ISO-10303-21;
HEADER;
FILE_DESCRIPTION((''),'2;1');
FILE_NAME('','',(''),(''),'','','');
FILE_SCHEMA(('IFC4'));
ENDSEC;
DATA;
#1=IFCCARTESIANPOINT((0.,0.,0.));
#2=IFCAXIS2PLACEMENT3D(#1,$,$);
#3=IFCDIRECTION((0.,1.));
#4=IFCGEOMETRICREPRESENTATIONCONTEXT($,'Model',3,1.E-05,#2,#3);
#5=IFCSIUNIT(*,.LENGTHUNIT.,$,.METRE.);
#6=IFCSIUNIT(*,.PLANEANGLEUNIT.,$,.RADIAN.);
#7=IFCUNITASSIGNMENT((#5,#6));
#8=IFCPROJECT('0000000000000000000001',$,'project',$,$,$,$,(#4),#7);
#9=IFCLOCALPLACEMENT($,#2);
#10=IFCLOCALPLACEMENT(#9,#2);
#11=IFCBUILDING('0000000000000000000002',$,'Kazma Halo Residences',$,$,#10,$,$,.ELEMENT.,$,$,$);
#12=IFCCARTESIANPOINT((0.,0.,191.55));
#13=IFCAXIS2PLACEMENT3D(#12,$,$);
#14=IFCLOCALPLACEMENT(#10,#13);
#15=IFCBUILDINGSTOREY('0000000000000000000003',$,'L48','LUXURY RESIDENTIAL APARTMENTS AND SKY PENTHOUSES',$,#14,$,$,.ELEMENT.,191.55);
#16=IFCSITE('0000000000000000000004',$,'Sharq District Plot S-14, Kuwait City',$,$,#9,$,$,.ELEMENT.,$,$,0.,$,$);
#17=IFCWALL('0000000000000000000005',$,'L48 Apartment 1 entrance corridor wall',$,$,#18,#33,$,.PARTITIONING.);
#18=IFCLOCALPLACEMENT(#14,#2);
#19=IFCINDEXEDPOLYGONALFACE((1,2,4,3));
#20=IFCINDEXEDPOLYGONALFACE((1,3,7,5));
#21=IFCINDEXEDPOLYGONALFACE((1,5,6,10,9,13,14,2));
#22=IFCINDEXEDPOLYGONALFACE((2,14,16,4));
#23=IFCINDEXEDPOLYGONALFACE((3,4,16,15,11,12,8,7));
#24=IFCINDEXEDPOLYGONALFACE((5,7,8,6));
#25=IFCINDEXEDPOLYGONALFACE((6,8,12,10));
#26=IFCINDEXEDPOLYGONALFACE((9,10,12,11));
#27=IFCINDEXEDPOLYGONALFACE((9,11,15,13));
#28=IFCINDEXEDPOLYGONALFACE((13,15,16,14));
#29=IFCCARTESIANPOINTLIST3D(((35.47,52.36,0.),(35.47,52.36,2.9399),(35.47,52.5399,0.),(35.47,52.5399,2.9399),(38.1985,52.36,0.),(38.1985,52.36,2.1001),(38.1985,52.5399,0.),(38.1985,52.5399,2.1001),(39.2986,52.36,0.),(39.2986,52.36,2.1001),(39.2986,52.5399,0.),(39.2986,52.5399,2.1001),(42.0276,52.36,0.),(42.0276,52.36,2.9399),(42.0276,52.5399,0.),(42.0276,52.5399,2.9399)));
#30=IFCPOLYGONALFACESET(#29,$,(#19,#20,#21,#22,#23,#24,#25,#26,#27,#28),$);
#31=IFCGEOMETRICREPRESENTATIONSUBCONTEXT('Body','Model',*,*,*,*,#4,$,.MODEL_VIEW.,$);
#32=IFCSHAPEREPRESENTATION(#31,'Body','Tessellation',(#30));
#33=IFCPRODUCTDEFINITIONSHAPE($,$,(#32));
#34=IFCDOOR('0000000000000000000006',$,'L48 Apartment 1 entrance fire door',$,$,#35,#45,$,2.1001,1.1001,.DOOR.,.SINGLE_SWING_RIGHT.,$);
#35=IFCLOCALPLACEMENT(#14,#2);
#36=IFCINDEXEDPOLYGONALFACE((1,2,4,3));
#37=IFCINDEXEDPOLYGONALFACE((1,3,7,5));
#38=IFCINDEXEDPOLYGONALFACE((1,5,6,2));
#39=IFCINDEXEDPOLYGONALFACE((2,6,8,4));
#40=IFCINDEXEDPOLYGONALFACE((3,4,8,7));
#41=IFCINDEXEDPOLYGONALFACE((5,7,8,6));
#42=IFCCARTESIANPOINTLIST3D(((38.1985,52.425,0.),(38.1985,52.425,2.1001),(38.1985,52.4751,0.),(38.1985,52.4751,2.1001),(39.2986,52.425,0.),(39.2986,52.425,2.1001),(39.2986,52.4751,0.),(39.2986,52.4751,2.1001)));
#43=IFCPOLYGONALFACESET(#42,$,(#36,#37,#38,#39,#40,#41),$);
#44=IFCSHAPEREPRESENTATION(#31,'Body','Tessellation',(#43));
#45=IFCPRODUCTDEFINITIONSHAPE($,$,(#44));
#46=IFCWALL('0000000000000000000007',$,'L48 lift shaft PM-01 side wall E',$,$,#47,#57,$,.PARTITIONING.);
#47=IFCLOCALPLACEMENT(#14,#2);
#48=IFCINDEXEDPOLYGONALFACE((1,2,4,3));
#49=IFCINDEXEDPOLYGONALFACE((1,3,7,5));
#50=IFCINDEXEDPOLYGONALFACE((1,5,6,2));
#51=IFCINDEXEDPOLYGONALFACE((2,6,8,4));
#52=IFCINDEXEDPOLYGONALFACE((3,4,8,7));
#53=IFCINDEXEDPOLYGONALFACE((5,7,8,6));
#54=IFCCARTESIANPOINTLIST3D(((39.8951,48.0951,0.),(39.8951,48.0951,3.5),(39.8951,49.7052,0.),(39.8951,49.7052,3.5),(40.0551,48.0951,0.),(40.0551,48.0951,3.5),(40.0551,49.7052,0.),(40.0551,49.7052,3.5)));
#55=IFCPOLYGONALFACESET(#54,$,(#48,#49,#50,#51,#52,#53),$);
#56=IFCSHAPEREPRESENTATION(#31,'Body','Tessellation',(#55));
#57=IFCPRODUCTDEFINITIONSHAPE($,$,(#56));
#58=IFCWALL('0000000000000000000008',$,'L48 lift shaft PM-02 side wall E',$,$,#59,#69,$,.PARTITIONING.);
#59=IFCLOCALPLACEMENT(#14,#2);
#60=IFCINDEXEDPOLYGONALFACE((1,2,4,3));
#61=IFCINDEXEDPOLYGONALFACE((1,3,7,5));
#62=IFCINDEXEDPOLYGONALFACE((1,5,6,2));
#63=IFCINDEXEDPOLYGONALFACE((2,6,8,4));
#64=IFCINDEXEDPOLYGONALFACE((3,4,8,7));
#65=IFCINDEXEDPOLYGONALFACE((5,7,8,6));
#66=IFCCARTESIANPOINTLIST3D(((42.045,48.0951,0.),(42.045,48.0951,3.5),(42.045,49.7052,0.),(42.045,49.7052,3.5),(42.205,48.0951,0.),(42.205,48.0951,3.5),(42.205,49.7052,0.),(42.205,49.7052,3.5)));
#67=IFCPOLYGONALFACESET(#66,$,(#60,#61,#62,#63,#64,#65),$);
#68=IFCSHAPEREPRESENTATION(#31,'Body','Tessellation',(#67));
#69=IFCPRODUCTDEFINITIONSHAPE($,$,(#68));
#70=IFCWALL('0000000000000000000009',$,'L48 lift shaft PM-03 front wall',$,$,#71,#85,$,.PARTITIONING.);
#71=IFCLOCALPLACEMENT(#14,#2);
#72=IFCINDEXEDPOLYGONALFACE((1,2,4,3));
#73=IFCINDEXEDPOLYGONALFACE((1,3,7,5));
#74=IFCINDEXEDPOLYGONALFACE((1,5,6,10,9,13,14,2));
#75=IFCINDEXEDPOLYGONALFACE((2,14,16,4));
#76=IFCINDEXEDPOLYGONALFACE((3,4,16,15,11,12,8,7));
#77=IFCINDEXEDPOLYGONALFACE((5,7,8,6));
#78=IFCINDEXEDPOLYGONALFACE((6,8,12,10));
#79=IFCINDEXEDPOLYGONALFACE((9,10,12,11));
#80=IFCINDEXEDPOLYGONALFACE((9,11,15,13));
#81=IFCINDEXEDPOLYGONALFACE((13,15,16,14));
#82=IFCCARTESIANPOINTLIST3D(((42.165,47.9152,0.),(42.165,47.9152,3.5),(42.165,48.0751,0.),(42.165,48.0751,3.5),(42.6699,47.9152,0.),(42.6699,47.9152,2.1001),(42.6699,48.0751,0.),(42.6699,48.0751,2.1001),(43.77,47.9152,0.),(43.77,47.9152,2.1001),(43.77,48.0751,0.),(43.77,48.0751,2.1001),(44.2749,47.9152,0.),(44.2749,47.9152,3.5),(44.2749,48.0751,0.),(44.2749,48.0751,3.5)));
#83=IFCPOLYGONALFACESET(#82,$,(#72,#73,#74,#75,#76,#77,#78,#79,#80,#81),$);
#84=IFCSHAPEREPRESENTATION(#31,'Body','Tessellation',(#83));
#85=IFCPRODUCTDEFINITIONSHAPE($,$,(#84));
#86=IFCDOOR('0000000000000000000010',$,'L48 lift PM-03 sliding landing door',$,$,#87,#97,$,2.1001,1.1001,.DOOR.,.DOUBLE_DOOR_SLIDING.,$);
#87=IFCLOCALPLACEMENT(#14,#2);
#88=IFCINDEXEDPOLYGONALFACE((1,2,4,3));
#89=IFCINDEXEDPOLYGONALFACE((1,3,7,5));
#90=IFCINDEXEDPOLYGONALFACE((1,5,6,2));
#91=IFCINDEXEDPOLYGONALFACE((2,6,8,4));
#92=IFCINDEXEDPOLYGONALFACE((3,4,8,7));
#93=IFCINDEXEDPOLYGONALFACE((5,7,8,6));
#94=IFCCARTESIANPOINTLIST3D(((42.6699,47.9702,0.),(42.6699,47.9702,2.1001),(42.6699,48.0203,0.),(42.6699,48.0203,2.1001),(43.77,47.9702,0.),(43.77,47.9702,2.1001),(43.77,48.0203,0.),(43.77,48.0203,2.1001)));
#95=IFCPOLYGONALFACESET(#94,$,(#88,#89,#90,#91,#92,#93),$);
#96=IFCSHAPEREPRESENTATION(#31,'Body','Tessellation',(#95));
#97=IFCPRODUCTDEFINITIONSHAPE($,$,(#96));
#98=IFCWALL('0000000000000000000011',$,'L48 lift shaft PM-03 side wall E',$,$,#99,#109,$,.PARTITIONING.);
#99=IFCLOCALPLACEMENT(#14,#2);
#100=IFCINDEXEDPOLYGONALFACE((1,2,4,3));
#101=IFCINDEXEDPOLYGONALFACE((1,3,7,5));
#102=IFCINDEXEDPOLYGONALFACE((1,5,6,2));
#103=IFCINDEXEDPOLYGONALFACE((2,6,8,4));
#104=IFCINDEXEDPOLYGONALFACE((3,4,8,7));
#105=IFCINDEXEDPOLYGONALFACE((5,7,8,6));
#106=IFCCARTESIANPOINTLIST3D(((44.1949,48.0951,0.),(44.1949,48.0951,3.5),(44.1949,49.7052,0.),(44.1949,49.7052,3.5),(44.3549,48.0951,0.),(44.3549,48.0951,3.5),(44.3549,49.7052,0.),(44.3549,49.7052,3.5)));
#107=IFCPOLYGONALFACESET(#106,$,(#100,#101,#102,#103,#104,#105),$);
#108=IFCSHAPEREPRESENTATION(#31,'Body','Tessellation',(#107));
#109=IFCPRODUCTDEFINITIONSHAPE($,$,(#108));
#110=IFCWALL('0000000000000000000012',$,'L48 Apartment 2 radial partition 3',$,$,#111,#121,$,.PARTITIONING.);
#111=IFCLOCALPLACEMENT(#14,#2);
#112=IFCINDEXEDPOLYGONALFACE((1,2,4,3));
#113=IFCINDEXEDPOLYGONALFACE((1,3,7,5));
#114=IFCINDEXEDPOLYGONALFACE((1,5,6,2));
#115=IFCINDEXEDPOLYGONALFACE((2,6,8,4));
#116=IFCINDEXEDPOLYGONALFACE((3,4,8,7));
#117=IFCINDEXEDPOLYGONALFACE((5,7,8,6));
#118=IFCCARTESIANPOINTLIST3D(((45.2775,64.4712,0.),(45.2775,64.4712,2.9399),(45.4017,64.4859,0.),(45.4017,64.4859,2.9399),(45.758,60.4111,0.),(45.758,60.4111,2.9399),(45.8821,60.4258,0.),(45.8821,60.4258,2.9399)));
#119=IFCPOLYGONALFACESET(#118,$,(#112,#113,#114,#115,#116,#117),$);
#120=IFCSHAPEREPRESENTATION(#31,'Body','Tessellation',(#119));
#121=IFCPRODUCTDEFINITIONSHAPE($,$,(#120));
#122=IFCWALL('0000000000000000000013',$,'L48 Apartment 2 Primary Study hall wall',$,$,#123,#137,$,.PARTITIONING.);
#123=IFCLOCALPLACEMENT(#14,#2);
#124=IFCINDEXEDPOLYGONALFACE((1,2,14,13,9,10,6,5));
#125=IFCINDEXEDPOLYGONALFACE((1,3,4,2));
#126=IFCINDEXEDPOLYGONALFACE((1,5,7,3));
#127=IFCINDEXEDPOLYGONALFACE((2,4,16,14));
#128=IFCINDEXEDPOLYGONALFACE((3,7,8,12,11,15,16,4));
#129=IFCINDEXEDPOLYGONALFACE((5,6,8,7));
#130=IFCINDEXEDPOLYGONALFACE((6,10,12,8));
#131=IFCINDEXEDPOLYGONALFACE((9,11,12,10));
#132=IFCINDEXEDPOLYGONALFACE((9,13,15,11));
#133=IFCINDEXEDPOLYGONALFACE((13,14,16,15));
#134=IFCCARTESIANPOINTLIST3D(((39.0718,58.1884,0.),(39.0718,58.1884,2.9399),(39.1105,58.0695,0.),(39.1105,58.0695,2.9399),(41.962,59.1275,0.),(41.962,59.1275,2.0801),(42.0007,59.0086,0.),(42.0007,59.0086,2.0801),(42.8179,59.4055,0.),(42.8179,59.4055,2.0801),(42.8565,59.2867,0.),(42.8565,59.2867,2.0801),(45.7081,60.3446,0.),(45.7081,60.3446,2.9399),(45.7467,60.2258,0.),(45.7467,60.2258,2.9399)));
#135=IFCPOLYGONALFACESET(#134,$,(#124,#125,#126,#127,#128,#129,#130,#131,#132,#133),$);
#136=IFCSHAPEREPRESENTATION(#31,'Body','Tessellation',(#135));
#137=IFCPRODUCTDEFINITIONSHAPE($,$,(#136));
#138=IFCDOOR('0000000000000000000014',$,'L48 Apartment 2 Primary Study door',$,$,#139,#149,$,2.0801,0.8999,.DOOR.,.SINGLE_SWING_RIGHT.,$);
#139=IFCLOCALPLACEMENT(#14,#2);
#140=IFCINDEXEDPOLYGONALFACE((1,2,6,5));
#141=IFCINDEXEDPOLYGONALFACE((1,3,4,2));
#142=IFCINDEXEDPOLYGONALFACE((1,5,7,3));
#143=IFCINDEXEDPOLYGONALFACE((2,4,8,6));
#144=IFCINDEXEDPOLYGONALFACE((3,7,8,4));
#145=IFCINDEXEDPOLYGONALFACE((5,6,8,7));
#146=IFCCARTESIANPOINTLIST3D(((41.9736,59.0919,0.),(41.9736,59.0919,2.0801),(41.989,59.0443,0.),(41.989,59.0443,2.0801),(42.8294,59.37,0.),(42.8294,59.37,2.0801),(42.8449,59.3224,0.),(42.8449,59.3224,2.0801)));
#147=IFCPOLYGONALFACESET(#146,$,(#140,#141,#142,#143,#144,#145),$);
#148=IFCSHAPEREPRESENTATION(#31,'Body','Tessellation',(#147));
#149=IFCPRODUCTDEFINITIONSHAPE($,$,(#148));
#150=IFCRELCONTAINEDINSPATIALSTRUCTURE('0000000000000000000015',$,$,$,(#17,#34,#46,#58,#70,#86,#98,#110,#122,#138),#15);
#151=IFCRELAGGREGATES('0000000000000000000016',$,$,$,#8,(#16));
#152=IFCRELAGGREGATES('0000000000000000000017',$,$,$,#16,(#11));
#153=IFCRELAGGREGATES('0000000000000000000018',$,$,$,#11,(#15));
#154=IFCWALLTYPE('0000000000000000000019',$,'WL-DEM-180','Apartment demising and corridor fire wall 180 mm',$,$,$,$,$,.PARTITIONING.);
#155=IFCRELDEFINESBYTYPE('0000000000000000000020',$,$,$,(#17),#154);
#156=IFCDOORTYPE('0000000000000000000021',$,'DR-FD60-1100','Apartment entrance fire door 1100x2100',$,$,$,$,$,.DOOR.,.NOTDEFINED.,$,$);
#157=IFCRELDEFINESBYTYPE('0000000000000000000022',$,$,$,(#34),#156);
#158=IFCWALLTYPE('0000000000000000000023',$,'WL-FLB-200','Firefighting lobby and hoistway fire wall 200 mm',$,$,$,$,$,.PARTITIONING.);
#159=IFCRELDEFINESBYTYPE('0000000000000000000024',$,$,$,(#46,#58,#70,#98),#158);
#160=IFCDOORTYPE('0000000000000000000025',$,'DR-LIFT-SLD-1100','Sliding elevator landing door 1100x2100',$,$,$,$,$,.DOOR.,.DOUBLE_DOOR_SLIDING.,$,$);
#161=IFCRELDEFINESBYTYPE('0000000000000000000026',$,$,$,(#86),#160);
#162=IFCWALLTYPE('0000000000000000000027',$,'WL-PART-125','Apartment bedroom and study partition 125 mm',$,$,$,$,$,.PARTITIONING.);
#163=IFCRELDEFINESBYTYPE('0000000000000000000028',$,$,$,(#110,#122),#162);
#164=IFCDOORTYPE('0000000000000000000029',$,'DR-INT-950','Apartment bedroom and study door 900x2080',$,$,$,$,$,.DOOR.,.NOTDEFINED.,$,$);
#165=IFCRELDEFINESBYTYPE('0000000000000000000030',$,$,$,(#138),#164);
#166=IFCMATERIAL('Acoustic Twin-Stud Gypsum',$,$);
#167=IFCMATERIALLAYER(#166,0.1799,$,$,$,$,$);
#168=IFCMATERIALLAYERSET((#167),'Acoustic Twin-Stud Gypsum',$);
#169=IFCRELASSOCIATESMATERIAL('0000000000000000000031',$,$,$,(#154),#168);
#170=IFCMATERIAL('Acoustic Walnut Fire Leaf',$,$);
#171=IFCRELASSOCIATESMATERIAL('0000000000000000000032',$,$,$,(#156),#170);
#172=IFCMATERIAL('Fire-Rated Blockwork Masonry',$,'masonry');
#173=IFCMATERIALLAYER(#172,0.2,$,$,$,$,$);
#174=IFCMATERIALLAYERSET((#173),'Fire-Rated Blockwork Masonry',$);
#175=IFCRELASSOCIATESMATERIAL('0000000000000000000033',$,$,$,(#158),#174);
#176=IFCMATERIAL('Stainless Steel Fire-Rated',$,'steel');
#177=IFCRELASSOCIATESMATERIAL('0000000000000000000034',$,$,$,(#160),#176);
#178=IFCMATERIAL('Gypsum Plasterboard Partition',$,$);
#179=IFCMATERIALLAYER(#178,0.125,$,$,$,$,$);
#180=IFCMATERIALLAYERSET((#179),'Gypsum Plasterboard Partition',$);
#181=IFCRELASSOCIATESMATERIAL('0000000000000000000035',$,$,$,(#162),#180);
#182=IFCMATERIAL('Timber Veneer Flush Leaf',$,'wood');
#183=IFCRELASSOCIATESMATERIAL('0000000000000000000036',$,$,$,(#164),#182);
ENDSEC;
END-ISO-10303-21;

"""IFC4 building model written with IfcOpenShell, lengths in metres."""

from ifc_helpers import new_model, si_unit, direction, frame, frame_2d, origin, place, context, subcontext, project, spatial, rectangle, extrude, material, layer, layer_set, type_object, element, fill, save


model = new_model("IFC4")

# Units and contexts
model_context = context("Model", 3, precision=1e-05, world=origin(), true_north=direction((0.0, 1.0)))
body_context = subcontext(model_context, "Body", "Model", "MODEL_VIEW")
ifc_project = project(units=[si_unit("LENGTHUNIT", "METRE"), si_unit("PLANEANGLEUNIT", "RADIAN")], contexts=[model_context])

# Site, building, storey
site_placement = place(None, origin())
site = spatial("IfcSite", under=ifc_project, at=site_placement, Name="Sharq District Plot S-14, Kuwait City", CompositionType="ELEMENT", RefElevation=0.0)
building_placement = place(site_placement, origin())
building = spatial("IfcBuilding", under=site, at=building_placement, Name="Kazma Halo Residences", CompositionType="ELEMENT")
storey_placement = place(building_placement, frame((0.0, 0.0, 191.55)))
storey = spatial("IfcBuildingStorey", under=building, at=storey_placement, Name="L48", Description="LUXURY RESIDENTIAL APARTMENTS AND SKY PENTHOUSES", CompositionType="ELEMENT", Elevation=191.55)

# Shared definitions
ifc_material_1 = material(Name="Acoustic Twin-Stud Gypsum")
ifc_layer_1 = layer(ifc_material_1, 0.1799)
ifc_layer_set_1 = layer_set([ifc_layer_1], Name="Acoustic Twin-Stud Gypsum")
wall_type_1 = type_object("IfcWallType", Name="WL-DEM-180", Description="Apartment demising and corridor fire wall 180 mm", PredefinedType="PARTITIONING", material=ifc_layer_set_1)

# Wall, opening, door
wall_1_placement = place(storey_placement, frame((42.0276, 52.45, 0.0), z_axis=(0.0, 0.0, 1.0), x_axis=(-1.0, 0.0, 0.0)))
wall_1 = element("IfcWall", 1, at=wall_1_placement, inside=storey, type_object=wall_type_1, Name="L48 Apartment 1 entrance corridor wall", PredefinedType="PARTITIONING", context=body_context, shape_type="SweptSolid", body=[
    extrude(rectangle(XDim=6.5576, YDim=0.1799, at=frame_2d((3.2788, 0.0))), origin(), (0.0, 0.0, 1.0), 2.9399),
])
opening_1_placement = place(wall_1_placement, frame((2.729, 0.0, 0.0)))
opening_1 = element("IfcOpeningElement", 2, at=opening_1_placement, cuts=wall_1, PredefinedType="OPENING", context=body_context, shape_type="SweptSolid", body=[
    extrude(rectangle(XDim=1.1001, YDim=2.1001, at=frame_2d((0.55, 1.05))), frame((0.0, 0.0999, 0.0), z_axis=(0.0, -1.0, 0.0), x_axis=(1.0, 0.0, 0.0)), (0.0, 0.0, 1.0), 0.2),
])
ifc_material_2 = material(Name="Acoustic Walnut Fire Leaf")
door_type_1 = type_object("IfcDoorType", Name="DR-FD60-1100", Description="Apartment entrance fire door 1100x2100", OperationType="NOTDEFINED", PredefinedType="DOOR", material=ifc_material_2)
door_1_placement = place(opening_1_placement, origin())
door_1 = element("IfcDoor", 3, at=door_1_placement, inside=storey, type_object=door_type_1, Name="L48 Apartment 1 entrance fire door", OperationType="SINGLE_SWING_RIGHT", OverallHeight=2.1001, OverallWidth=1.1001, PredefinedType="DOOR", context=body_context, shape_type="SweptSolid", body=[
    extrude(rectangle(XDim=1.1001, YDim=2.1001, at=frame_2d((0.55, 1.05))), frame((0.0, 0.0249, 0.0), z_axis=(0.0, -1.0, 0.0), x_axis=(1.0, 0.0, 0.0)), (0.0, 0.0, 1.0), 0.05),
])
fill(opening_1, door_1)

# Walls
ifc_material_3 = material(Name="Fire-Rated Blockwork Masonry", Category="masonry")
ifc_layer_2 = layer(ifc_material_3, 0.2)
ifc_layer_set_2 = layer_set([ifc_layer_2], Name="Fire-Rated Blockwork Masonry")
wall_type_2 = type_object("IfcWallType", Name="WL-FLB-200", Description="Firefighting lobby and hoistway fire wall 200 mm", PredefinedType="PARTITIONING", material=ifc_layer_set_2)
for number, where, z_axis, x_axis, name in (
    (4, (39.9751, 48.095, 0.0), (0.0, 0.0, 1.0), (0.0, 1.0, 0.0), "L48 lift shaft PM-01 side wall E"),
    (5, (42.125, 48.095, 0.0), (0.0, 0.0, 1.0), (0.0, 1.0, 0.0), "L48 lift shaft PM-02 side wall E"),
):
    element("IfcWall", number, at=place(storey_placement, frame(where, z_axis=z_axis, x_axis=x_axis)), inside=storey, type_object=wall_type_2, Name=name, PredefinedType="PARTITIONING", context=body_context, shape_type="SweptSolid", body=[
        extrude(rectangle(XDim=1.6101, YDim=0.1599, at=frame_2d((0.8052, 0.0))), origin(), (0.0, 0.0, 1.0), 3.5),
    ])

# Wall, opening, door
wall_2_placement = place(storey_placement, frame((44.2749, 47.9951, 0.0), z_axis=(0.0, 0.0, 1.0), x_axis=(-1.0, 0.0, 0.0)))
wall_2 = element("IfcWall", 6, at=wall_2_placement, inside=storey, type_object=wall_type_2, Name="L48 lift shaft PM-03 front wall", PredefinedType="PARTITIONING", context=body_context, shape_type="SweptSolid", body=[
    extrude(rectangle(XDim=2.1099, YDim=0.1599, at=frame_2d((1.0549, 0.0))), origin(), (0.0, 0.0, 1.0), 3.5),
])
opening_2_placement = place(wall_2_placement, frame((0.5049, 0.0, 0.0)))
opening_2 = element("IfcOpeningElement", 7, at=opening_2_placement, cuts=wall_2, PredefinedType="OPENING", context=body_context, shape_type="SweptSolid", body=[
    extrude(rectangle(XDim=1.1001, YDim=2.1001, at=frame_2d((0.55, 1.05))), frame((0.0, 0.0898, 0.0), z_axis=(0.0, -1.0, 0.0), x_axis=(1.0, 0.0, 0.0)), (0.0, 0.0, 1.0), 0.1799),
])
ifc_material_4 = material(Name="Stainless Steel Fire-Rated", Category="steel")
door_type_2 = type_object("IfcDoorType", Name="DR-LIFT-SLD-1100", Description="Sliding elevator landing door 1100x2100", OperationType="DOUBLE_DOOR_SLIDING", PredefinedType="DOOR", material=ifc_material_4)
door_2_placement = place(opening_2_placement, origin())
door_2 = element("IfcDoor", 8, at=door_2_placement, inside=storey, type_object=door_type_2, Name="L48 lift PM-03 sliding landing door", OperationType="DOUBLE_DOOR_SLIDING", OverallHeight=2.1001, OverallWidth=1.1001, PredefinedType="DOOR", context=body_context, shape_type="SweptSolid", body=[
    extrude(rectangle(XDim=1.1001, YDim=2.1001, at=frame_2d((0.55, 1.05))), frame((0.0, 0.0249, 0.0), z_axis=(0.0, -1.0, 0.0), x_axis=(1.0, 0.0, 0.0)), (0.0, 0.0, 1.0), 0.05),
])
fill(opening_2, door_2)

# Walls
wall_3_placement = place(storey_placement, frame((44.2749, 48.095, 0.0), z_axis=(0.0, 0.0, 1.0), x_axis=(0.0, 1.0, 0.0)))
element("IfcWall", 9, at=wall_3_placement, inside=storey, type_object=wall_type_2, Name="L48 lift shaft PM-03 side wall E", PredefinedType="PARTITIONING", context=body_context, shape_type="SweptSolid", body=[
    extrude(rectangle(XDim=1.6101, YDim=0.1599, at=frame_2d((0.8052, 0.0))), origin(), (0.0, 0.0, 1.0), 3.5),
])
ifc_material_5 = material(Name="Gypsum Plasterboard Partition")
ifc_layer_3 = layer(ifc_material_5, 0.125)
ifc_layer_set_3 = layer_set([ifc_layer_3], Name="Gypsum Plasterboard Partition")
wall_type_3 = type_object("IfcWallType", Name="WL-PART-125", Description="Apartment bedroom and study partition 125 mm", PredefinedType="PARTITIONING", material=ifc_layer_set_3)
wall_4_placement = place(storey_placement, frame((45.8201, 60.4185, 0.0), z_axis=(0.0, 0.0, 1.0), x_axis=(-0.11752, 0.99307, 0.0)))
element("IfcWall", 10, at=wall_4_placement, inside=storey, type_object=wall_type_3, Name="L48 Apartment 2 radial partition 3", PredefinedType="PARTITIONING", context=body_context, shape_type="SweptSolid", body=[
    extrude(rectangle(XDim=4.0884, YDim=0.125, at=frame_2d((2.0442, 0.0))), origin(), (0.0, 0.0, 1.0), 2.9399),
])

# Wall, opening, door
wall_5_placement = place(storey_placement, frame((45.7273, 60.2852, 0.0), z_axis=(0.0, 0.0, 1.0), x_axis=(-0.951056, -0.309018, 0.0)))
wall_5 = element("IfcWall", 11, at=wall_5_placement, inside=storey, type_object=wall_type_3, Name="L48 Apartment 2 Primary Study hall wall", PredefinedType="PARTITIONING", context=body_context, shape_type="SweptSolid", body=[
    extrude(rectangle(XDim=6.9778, YDim=0.125, at=frame_2d((3.4888, 0.0))), origin(), (0.0, 0.0, 1.0), 2.9399),
])
opening_3_placement = place(wall_5_placement, frame((3.0388, 0.0, 0.0)))
opening_3 = element("IfcOpeningElement", 12, at=opening_3_placement, cuts=wall_5, PredefinedType="OPENING", context=body_context, shape_type="SweptSolid", body=[
    extrude(rectangle(XDim=0.8999, YDim=2.0801, at=frame_2d((0.45, 1.04))), frame((0.0, 0.0725, 0.0), z_axis=(0.0, -1.0, 0.0), x_axis=(1.0, 0.0, 0.0)), (0.0, 0.0, 1.0), 0.145),
])
ifc_material_6 = material(Name="Timber Veneer Flush Leaf", Category="wood")
door_type_3 = type_object("IfcDoorType", Name="DR-INT-950", Description="Apartment bedroom and study door 900x2080", OperationType="NOTDEFINED", PredefinedType="DOOR", material=ifc_material_6)
door_3_placement = place(opening_3_placement, origin())
door_3 = element("IfcDoor", 13, at=door_3_placement, inside=storey, type_object=door_type_3, Name="L48 Apartment 2 Primary Study door", OperationType="SINGLE_SWING_RIGHT", OverallHeight=2.0801, OverallWidth=0.8999, PredefinedType="DOOR", context=body_context, shape_type="SweptSolid", body=[
    extrude(rectangle(XDim=0.8999, YDim=2.0801, at=frame_2d((0.45, 1.04))), frame((0.0, 0.0249, 0.0), z_axis=(0.0, -1.0, 0.0), x_axis=(1.0, 0.0, 0.0)), (0.0, 0.0, 1.0), 0.05),
])
fill(opening_3, door_3)

save(model, "model.ifc")
